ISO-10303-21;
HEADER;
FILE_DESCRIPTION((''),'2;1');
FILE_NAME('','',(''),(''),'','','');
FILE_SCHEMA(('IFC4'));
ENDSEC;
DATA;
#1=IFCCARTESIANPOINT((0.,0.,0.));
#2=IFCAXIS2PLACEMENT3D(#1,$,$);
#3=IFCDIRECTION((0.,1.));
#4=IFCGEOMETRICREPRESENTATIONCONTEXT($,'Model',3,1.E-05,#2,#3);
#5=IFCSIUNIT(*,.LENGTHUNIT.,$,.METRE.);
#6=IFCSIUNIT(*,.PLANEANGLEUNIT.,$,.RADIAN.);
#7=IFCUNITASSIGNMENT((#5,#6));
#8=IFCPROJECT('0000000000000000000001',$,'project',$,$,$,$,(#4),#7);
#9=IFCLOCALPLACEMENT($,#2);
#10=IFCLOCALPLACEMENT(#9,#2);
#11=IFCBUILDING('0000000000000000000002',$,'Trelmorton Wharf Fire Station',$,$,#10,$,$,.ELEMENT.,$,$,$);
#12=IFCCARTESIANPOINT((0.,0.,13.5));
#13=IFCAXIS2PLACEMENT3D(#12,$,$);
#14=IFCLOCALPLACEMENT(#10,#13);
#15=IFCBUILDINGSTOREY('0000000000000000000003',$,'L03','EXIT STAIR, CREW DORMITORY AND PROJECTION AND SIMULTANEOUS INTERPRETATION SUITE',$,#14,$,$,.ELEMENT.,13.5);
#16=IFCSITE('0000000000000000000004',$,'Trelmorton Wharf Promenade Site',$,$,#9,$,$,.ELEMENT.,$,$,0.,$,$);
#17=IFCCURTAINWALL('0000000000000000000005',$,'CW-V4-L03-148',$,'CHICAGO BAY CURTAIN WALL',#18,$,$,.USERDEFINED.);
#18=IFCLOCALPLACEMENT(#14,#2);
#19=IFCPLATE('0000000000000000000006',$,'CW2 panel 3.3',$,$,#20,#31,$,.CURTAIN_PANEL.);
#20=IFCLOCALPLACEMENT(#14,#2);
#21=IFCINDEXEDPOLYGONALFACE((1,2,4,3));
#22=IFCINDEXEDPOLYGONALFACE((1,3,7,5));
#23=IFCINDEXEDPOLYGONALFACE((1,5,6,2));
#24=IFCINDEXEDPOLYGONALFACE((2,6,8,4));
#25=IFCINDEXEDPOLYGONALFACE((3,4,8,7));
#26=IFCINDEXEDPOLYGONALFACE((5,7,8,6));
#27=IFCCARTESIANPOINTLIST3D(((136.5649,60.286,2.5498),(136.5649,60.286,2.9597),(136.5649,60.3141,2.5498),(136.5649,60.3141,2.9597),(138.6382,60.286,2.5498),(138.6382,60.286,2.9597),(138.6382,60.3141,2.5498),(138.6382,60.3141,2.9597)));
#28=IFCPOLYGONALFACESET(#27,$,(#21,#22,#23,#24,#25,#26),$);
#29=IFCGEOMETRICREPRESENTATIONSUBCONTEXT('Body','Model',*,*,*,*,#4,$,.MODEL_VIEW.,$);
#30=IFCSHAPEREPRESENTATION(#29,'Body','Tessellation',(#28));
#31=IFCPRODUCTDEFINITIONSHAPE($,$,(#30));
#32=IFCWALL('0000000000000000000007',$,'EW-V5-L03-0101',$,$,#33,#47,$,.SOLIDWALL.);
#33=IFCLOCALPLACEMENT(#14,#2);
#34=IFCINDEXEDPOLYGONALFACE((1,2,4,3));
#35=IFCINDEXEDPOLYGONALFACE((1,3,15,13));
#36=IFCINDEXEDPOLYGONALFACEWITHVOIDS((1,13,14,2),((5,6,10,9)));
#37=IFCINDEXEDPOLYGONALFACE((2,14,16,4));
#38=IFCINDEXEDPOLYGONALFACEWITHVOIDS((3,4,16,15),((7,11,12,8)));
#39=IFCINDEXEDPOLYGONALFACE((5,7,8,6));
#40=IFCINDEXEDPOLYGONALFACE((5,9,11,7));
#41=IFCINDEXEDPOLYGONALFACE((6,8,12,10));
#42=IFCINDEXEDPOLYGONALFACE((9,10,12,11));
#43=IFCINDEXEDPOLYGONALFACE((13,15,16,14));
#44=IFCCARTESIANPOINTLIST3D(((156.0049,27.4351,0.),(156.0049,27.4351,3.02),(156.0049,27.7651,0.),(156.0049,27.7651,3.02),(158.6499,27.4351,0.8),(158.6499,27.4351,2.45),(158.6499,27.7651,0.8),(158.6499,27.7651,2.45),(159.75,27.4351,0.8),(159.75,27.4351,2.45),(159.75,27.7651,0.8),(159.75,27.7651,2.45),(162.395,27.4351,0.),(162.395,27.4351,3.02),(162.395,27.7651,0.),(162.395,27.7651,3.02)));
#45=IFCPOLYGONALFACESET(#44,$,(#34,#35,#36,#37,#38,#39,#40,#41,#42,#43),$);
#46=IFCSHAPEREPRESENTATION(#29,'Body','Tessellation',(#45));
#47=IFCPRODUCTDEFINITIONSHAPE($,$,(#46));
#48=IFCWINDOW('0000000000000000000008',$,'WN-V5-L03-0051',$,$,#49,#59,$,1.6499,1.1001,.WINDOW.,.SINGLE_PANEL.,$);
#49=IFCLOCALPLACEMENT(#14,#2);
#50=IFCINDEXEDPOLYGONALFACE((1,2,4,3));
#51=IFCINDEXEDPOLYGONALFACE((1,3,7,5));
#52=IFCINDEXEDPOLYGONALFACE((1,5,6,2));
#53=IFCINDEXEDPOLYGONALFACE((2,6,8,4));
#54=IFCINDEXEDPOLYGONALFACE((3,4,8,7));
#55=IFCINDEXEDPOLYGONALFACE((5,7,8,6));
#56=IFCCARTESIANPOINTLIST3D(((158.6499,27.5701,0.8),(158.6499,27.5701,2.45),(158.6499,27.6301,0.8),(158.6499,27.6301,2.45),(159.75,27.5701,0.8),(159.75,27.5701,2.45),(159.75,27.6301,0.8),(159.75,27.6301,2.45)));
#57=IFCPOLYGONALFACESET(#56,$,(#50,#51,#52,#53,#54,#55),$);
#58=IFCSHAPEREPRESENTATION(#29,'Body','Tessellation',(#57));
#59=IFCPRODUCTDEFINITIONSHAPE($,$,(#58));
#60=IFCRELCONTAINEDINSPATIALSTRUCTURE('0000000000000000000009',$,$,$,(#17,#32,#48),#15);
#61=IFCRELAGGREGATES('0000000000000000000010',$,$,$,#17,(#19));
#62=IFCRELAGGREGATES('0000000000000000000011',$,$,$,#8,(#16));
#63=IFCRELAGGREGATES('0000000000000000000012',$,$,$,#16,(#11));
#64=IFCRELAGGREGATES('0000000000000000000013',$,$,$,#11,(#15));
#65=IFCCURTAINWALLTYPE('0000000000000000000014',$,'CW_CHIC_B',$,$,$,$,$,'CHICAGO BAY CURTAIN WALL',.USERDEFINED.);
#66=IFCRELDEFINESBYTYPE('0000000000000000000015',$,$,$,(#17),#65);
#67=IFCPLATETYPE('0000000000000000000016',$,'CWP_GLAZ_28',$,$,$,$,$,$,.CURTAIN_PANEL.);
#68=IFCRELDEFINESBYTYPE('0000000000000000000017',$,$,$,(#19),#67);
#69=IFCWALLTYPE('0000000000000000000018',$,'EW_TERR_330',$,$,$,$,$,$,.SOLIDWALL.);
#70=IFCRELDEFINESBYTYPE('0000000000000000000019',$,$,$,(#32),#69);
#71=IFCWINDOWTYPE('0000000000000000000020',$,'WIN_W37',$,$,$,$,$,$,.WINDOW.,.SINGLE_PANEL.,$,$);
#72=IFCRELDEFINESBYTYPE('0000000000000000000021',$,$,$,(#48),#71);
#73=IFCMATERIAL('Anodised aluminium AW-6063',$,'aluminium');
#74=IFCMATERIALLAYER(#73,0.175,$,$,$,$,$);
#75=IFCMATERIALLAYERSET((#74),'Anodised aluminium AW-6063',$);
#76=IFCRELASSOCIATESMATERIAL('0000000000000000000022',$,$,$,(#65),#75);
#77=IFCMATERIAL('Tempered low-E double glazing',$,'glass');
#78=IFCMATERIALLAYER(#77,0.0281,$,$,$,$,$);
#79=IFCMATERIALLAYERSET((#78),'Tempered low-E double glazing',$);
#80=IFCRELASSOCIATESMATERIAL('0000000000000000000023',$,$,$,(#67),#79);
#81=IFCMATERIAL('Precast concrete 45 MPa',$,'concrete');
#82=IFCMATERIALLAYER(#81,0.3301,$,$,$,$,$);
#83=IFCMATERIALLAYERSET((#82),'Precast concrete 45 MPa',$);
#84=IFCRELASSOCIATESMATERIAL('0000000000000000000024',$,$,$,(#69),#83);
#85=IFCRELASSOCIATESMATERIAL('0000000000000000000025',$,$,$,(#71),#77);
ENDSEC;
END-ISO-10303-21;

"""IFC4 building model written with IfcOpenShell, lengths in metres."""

from ifc_helpers import new_model, si_unit, direction, frame, frame_2d, origin, origin_2d, place, context, subcontext, project, spatial, rectangle, extrude, material, layer, layer_set, type_object, element, fill, aggregate, save


model = new_model("IFC4")

# Units and contexts
model_context = context("Model", 3, precision=1e-05, world=origin(), true_north=direction((0.0, 1.0)))
body_context = subcontext(model_context, "Body", "Model", "MODEL_VIEW")
ifc_project = project(units=[si_unit("LENGTHUNIT", "METRE"), si_unit("PLANEANGLEUNIT", "RADIAN")], contexts=[model_context])

# Site, building, storey
site_placement = place(None, origin())
site = spatial("IfcSite", under=ifc_project, at=site_placement, Name="Trelmorton Wharf Promenade Site", CompositionType="ELEMENT", RefElevation=0.0)
building_placement = place(site_placement, origin())
building = spatial("IfcBuilding", under=site, at=building_placement, Name="Trelmorton Wharf Fire Station", CompositionType="ELEMENT")
storey_placement = place(building_placement, frame((0.0, 0.0, 13.5)))
storey = spatial("IfcBuildingStorey", under=building, at=storey_placement, Name="L03", Description="EXIT STAIR, CREW DORMITORY AND PROJECTION AND SIMULTANEOUS INTERPRETATION SUITE", CompositionType="ELEMENT", Elevation=13.5)

# Curtain wall
ifc_material_1 = material(Name="Anodised aluminium AW-6063", Category="aluminium")
ifc_layer_1 = layer(ifc_material_1, 0.175)
ifc_layer_set_1 = layer_set([ifc_layer_1], Name="Anodised aluminium AW-6063")
curtain_wall_type = type_object("IfcCurtainWallType", Name="CW_CHIC_B", ElementType="CHICAGO BAY CURTAIN WALL", PredefinedType="USERDEFINED", material=ifc_layer_set_1)
curtain_wall_placement = place(storey_placement, origin())
curtain_wall = element("IfcCurtainWall", 1, at=curtain_wall_placement, inside=storey, type_object=curtain_wall_type, Name="CW-V4-L03-148", ObjectType="CHICAGO BAY CURTAIN WALL", PredefinedType="USERDEFINED")

# Plate
ifc_material_2 = material(Name="Tempered low-E double glazing", Category="glass")
ifc_layer_2 = layer(ifc_material_2, 0.0281)
ifc_layer_set_2 = layer_set([ifc_layer_2], Name="Tempered low-E double glazing")
plate_type = type_object("IfcPlateType", Name="CWP_GLAZ_28", PredefinedType="CURTAIN_PANEL", material=ifc_layer_set_2)
plate_1_placement = place(storey_placement, frame((137.6016, 60.3, 2.5498), z_axis=(0.0, 0.0, 1.0), x_axis=(-1.0, 0.0, 0.0)))
plate_1 = element("IfcPlate", 2, at=plate_1_placement, type_object=plate_type, Name="CW2 panel 3.3", PredefinedType="CURTAIN_PANEL", context=body_context, shape_type="SweptSolid", body=[
    extrude(rectangle(XDim=2.0732, YDim=0.0281, at=origin_2d()), origin(), (0.0, 0.0, 1.0), 0.4099),
])
aggregate(curtain_wall, [plate_1])

# Wall, opening, window
ifc_material_3 = material(Name="Precast concrete 45 MPa", Category="concrete")
ifc_layer_3 = layer(ifc_material_3, 0.3301)
ifc_layer_set_3 = layer_set([ifc_layer_3], Name="Precast concrete 45 MPa")
wall_type = type_object("IfcWallType", Name="EW_TERR_330", PredefinedType="SOLIDWALL", material=ifc_layer_set_3)
wall_placement = place(storey_placement, frame((156.0049, 27.6001, 0.0), z_axis=(0.0, 0.0, 1.0), x_axis=(1.0, 0.0, 0.0)))
wall = element("IfcWall", 3, at=wall_placement, inside=storey, type_object=wall_type, Name="EW-V5-L03-0101", PredefinedType="SOLIDWALL", context=body_context, shape_type="SweptSolid", body=[
    extrude(rectangle(XDim=6.3901, YDim=0.3301, at=frame_2d((3.1951, 0.0))), origin(), (0.0, 0.0, 1.0), 3.02),
])
opening_placement = place(wall_placement, frame((2.645, 0.0, 0.8)))
opening = element("IfcOpeningElement", 4, at=opening_placement, cuts=wall, PredefinedType="OPENING", context=body_context, shape_type="SweptSolid", body=[
    extrude(rectangle(XDim=1.1001, YDim=1.6499, at=frame_2d((0.55, 0.825))), frame((0.0, 0.175, 0.0), z_axis=(0.0, -1.0, 0.0), x_axis=(1.0, 0.0, 0.0)), (0.0, 0.0, 1.0), 0.3501),
])
window_type = type_object("IfcWindowType", Name="WIN_W37", PartitioningType="SINGLE_PANEL", PredefinedType="WINDOW", material=ifc_material_2)
window_placement = place(opening_placement, origin())
window = element("IfcWindow", 5, at=window_placement, inside=storey, type_object=window_type, Name="WN-V5-L03-0051", OverallHeight=1.6499, OverallWidth=1.1001, PartitioningType="SINGLE_PANEL", PredefinedType="WINDOW", context=body_context, shape_type="SweptSolid", body=[
    extrude(rectangle(XDim=1.1001, YDim=1.6499, at=frame_2d((0.55, 0.825))), frame((0.0, 0.03, 0.0), z_axis=(0.0, -1.0, 0.0), x_axis=(1.0, 0.0, 0.0)), (0.0, 0.0, 1.0), 0.0601),
])
fill(opening, window)

save(model, "model.ifc")
